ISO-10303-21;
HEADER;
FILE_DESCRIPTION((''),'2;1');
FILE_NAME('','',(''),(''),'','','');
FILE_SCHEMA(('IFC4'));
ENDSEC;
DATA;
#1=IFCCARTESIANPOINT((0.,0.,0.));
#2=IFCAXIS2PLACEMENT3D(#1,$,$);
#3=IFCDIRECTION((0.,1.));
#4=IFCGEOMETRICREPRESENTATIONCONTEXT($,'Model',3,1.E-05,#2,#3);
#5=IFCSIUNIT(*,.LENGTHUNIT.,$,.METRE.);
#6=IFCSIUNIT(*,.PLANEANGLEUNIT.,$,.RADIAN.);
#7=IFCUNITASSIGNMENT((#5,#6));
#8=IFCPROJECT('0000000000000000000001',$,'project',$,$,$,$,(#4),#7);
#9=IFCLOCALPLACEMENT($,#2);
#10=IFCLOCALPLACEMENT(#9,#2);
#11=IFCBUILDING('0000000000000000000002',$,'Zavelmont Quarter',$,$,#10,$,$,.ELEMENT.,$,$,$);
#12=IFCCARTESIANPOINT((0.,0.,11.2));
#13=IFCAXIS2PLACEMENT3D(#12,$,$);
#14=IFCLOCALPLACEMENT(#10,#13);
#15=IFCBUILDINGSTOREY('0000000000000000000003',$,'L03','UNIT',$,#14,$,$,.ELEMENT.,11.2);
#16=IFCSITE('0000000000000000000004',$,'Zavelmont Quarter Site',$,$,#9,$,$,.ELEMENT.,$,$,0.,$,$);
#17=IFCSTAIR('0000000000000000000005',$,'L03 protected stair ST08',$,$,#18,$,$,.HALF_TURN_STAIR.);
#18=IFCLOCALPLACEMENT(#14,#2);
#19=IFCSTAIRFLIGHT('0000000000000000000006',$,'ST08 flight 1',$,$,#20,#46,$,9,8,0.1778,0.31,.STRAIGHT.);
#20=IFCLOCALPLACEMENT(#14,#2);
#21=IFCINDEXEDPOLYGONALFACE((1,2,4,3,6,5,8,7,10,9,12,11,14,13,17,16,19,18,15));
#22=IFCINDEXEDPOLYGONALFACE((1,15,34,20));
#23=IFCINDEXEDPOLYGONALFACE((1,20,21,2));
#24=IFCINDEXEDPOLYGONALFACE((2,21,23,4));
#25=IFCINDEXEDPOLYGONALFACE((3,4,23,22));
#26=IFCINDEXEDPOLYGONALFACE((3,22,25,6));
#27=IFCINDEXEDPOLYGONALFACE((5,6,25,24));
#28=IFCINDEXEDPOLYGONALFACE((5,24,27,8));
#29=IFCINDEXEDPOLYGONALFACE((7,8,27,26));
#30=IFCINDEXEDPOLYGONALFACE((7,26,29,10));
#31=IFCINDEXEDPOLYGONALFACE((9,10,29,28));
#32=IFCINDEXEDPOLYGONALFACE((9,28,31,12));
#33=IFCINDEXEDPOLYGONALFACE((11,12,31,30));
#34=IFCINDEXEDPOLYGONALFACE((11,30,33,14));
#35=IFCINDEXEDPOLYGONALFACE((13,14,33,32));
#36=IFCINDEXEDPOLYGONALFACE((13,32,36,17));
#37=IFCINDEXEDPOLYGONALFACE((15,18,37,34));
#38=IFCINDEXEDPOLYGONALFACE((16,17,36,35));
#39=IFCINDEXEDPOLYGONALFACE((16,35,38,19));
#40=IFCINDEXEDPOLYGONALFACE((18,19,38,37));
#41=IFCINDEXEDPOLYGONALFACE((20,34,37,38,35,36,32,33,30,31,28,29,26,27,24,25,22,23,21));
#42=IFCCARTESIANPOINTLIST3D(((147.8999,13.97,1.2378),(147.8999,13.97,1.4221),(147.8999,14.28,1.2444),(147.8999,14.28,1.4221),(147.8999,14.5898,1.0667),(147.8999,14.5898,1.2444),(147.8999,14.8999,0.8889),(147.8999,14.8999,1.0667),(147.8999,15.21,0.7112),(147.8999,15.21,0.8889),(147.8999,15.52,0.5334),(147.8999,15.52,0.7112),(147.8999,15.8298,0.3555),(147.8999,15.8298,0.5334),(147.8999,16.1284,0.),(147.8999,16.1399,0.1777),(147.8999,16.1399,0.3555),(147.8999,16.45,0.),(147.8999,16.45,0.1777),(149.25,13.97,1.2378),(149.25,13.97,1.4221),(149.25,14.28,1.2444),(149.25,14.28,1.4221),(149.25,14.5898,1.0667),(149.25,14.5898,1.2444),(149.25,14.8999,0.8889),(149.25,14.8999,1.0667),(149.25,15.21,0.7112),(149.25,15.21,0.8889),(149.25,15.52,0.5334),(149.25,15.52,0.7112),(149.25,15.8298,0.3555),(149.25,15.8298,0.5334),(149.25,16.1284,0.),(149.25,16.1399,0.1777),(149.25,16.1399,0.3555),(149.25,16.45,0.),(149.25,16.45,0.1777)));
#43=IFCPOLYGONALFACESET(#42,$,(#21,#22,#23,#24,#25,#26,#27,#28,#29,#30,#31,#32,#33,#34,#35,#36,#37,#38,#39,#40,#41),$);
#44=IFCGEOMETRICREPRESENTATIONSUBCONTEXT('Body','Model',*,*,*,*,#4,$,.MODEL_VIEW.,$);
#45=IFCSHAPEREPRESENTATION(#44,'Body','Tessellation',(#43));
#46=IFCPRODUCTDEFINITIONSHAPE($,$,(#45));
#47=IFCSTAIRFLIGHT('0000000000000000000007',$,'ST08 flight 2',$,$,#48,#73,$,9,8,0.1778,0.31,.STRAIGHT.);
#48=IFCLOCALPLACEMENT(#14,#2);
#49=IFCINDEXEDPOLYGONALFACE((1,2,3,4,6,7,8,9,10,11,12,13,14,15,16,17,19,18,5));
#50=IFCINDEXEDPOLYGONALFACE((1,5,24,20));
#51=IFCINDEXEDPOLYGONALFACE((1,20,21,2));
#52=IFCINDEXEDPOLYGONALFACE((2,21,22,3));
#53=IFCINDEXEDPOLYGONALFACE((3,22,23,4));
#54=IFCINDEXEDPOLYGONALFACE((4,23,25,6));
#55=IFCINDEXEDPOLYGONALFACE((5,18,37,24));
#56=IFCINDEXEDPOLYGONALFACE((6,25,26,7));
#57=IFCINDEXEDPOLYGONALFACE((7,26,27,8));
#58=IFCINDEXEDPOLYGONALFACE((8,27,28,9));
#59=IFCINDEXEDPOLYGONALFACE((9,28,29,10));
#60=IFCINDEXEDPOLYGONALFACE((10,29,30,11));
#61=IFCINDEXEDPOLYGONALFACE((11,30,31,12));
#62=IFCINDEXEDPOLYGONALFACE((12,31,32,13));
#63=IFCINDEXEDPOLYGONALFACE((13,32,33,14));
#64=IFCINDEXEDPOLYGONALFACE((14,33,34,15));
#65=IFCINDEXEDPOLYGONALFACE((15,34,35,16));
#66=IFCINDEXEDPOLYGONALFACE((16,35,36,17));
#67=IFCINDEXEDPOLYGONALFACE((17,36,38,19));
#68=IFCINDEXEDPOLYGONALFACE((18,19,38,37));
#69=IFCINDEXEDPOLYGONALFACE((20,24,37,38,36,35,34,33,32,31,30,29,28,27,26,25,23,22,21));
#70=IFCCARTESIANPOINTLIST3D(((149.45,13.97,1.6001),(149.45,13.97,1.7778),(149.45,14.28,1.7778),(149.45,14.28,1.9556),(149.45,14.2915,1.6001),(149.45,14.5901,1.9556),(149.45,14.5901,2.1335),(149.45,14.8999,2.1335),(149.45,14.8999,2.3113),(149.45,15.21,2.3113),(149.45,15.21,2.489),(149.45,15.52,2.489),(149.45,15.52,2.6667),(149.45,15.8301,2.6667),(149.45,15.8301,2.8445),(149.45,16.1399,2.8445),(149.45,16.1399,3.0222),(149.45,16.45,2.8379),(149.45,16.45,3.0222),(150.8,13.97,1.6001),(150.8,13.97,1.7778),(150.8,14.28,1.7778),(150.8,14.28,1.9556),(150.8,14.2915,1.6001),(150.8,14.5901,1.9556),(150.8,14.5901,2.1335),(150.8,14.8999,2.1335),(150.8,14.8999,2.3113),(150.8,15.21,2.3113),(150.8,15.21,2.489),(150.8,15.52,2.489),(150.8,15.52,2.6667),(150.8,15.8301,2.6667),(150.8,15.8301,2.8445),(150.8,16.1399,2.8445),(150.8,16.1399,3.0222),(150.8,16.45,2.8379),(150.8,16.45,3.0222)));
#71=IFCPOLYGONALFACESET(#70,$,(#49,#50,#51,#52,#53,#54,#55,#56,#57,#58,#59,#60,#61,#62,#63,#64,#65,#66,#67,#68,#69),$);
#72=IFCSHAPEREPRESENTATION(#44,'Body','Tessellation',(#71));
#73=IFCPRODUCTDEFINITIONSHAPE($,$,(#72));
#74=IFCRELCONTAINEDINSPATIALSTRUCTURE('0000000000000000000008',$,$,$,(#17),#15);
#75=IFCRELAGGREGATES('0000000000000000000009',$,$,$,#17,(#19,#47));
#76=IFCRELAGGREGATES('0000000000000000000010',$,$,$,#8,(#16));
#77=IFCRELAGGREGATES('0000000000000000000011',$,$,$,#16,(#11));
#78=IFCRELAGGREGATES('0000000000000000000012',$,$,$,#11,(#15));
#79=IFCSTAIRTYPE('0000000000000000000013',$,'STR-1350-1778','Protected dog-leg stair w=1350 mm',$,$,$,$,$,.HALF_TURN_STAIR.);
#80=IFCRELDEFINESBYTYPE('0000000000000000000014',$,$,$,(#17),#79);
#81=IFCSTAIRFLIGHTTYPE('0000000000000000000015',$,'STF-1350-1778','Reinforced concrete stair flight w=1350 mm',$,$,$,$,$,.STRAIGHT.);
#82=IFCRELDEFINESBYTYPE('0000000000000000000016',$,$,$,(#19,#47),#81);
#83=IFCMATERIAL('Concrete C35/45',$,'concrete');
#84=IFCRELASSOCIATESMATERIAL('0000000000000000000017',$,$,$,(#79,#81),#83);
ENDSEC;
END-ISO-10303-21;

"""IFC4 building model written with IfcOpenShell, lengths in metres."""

from ifc_helpers import new_model, si_unit, direction, frame, origin, place, context, subcontext, project, spatial, polyline, outline, extrude, material, type_object, element, aggregate, save


model = new_model("IFC4")

# Units and contexts
model_context = context("Model", 3, precision=1e-05, world=origin(), true_north=direction((0.0, 1.0)))
body_context = subcontext(model_context, "Body", "Model", "MODEL_VIEW")
ifc_project = project(units=[si_unit("LENGTHUNIT", "METRE"), si_unit("PLANEANGLEUNIT", "RADIAN")], contexts=[model_context])

# Site, building, storey
site_placement = place(None, origin())
site = spatial("IfcSite", under=ifc_project, at=site_placement, Name="Zavelmont Quarter Site", CompositionType="ELEMENT", RefElevation=0.0)
building_placement = place(site_placement, origin())
building = spatial("IfcBuilding", under=site, at=building_placement, Name="Zavelmont Quarter", CompositionType="ELEMENT")
storey_placement = place(building_placement, frame((0.0, 0.0, 11.2)))
storey = spatial("IfcBuildingStorey", under=building, at=storey_placement, Name="L03", Description="UNIT", CompositionType="ELEMENT", Elevation=11.2)

# Shared definitions
ifc_material_1 = material(Name="Concrete C35/45", Category="concrete")

# Stair, stair flights
stair_type = type_object("IfcStairType", Name="STR-1350-1778", Description="Protected dog-leg stair w=1350 mm", PredefinedType="HALF_TURN_STAIR", material=ifc_material_1)
stair_placement = place(storey_placement, origin())
stair = element("IfcStair", 1, at=stair_placement, inside=storey, type_object=stair_type, Name="L03 protected stair ST08", PredefinedType="HALF_TURN_STAIR")
stair_flight_type = type_object("IfcStairFlightType", Name="STF-1350-1778", Description="Reinforced concrete stair flight w=1350 mm", PredefinedType="STRAIGHT", material=ifc_material_1)
stair_flight_1_placement = place(storey_placement, frame((148.575, 16.45, 0.0), z_axis=(0.0, 0.0, 1.0), x_axis=(0.0, -1.0, 0.0)))
stair_flight_1 = element("IfcStairFlight", 2, at=stair_flight_1_placement, type_object=stair_flight_type, Name="ST08 flight 1", NumberOfRisers=9, NumberOfTreads=8, PredefinedType="STRAIGHT", RiserHeight=0.1778, TreadLength=0.31, context=body_context, shape_type="SweptSolid", body=[
    extrude(outline(polyline([(0.0, 0.0), (0.0, 0.1777), (0.3101, 0.1777), (0.3101, 0.3555), (0.6201, 0.3555), (0.6201, 0.5334), (0.9299, 0.5334), (0.9299, 0.7112), (1.24, 0.7112), (1.24, 0.8889), (1.55, 0.8889), (1.55, 1.0667), (1.8601, 1.0667), (1.8601, 1.2444), (2.1699, 1.2444), (2.1699, 1.4221), (2.48, 1.4221), (2.48, 1.6001), (2.48, 1.2378), (0.3215, 0.0), (0.0, 0.0)])), frame((0.0, 0.675, 0.0), z_axis=(0.0, -1.0, 0.0), x_axis=(1.0, 0.0, 0.0)), (0.0, 0.0, 1.0), 1.3501),
])
stair_flight_2_placement = place(storey_placement, frame((150.125, 13.97, 1.6001), z_axis=(0.0, 0.0, 1.0), x_axis=(0.0, 1.0, 0.0)))
stair_flight_2 = element("IfcStairFlight", 3, at=stair_flight_2_placement, type_object=stair_flight_type, Name="ST08 flight 2", NumberOfRisers=9, NumberOfTreads=8, PredefinedType="STRAIGHT", RiserHeight=0.1778, TreadLength=0.31, context=body_context, shape_type="SweptSolid", body=[
    extrude(outline(polyline([(0.0, 0.0), (0.0, 0.1777), (0.3101, 0.1777), (0.3101, 0.3555), (0.6201, 0.3555), (0.6201, 0.5334), (0.9299, 0.5334), (0.9299, 0.7112), (1.24, 0.7112), (1.24, 0.8889), (1.55, 0.8889), (1.55, 1.0667), (1.8601, 1.0667), (1.8601, 1.2444), (2.1699, 1.2444), (2.1699, 1.4221), (2.48, 1.4221), (2.48, 1.6001), (2.48, 1.2378), (0.3215, 0.0), (0.0, 0.0)])), frame((0.0, 0.675, 0.0), z_axis=(0.0, -1.0, 0.0), x_axis=(1.0, 0.0, 0.0)), (0.0, 0.0, 1.0), 1.3501),
])
aggregate(stair, [stair_flight_1, stair_flight_2])

save(model, "model.ifc")
